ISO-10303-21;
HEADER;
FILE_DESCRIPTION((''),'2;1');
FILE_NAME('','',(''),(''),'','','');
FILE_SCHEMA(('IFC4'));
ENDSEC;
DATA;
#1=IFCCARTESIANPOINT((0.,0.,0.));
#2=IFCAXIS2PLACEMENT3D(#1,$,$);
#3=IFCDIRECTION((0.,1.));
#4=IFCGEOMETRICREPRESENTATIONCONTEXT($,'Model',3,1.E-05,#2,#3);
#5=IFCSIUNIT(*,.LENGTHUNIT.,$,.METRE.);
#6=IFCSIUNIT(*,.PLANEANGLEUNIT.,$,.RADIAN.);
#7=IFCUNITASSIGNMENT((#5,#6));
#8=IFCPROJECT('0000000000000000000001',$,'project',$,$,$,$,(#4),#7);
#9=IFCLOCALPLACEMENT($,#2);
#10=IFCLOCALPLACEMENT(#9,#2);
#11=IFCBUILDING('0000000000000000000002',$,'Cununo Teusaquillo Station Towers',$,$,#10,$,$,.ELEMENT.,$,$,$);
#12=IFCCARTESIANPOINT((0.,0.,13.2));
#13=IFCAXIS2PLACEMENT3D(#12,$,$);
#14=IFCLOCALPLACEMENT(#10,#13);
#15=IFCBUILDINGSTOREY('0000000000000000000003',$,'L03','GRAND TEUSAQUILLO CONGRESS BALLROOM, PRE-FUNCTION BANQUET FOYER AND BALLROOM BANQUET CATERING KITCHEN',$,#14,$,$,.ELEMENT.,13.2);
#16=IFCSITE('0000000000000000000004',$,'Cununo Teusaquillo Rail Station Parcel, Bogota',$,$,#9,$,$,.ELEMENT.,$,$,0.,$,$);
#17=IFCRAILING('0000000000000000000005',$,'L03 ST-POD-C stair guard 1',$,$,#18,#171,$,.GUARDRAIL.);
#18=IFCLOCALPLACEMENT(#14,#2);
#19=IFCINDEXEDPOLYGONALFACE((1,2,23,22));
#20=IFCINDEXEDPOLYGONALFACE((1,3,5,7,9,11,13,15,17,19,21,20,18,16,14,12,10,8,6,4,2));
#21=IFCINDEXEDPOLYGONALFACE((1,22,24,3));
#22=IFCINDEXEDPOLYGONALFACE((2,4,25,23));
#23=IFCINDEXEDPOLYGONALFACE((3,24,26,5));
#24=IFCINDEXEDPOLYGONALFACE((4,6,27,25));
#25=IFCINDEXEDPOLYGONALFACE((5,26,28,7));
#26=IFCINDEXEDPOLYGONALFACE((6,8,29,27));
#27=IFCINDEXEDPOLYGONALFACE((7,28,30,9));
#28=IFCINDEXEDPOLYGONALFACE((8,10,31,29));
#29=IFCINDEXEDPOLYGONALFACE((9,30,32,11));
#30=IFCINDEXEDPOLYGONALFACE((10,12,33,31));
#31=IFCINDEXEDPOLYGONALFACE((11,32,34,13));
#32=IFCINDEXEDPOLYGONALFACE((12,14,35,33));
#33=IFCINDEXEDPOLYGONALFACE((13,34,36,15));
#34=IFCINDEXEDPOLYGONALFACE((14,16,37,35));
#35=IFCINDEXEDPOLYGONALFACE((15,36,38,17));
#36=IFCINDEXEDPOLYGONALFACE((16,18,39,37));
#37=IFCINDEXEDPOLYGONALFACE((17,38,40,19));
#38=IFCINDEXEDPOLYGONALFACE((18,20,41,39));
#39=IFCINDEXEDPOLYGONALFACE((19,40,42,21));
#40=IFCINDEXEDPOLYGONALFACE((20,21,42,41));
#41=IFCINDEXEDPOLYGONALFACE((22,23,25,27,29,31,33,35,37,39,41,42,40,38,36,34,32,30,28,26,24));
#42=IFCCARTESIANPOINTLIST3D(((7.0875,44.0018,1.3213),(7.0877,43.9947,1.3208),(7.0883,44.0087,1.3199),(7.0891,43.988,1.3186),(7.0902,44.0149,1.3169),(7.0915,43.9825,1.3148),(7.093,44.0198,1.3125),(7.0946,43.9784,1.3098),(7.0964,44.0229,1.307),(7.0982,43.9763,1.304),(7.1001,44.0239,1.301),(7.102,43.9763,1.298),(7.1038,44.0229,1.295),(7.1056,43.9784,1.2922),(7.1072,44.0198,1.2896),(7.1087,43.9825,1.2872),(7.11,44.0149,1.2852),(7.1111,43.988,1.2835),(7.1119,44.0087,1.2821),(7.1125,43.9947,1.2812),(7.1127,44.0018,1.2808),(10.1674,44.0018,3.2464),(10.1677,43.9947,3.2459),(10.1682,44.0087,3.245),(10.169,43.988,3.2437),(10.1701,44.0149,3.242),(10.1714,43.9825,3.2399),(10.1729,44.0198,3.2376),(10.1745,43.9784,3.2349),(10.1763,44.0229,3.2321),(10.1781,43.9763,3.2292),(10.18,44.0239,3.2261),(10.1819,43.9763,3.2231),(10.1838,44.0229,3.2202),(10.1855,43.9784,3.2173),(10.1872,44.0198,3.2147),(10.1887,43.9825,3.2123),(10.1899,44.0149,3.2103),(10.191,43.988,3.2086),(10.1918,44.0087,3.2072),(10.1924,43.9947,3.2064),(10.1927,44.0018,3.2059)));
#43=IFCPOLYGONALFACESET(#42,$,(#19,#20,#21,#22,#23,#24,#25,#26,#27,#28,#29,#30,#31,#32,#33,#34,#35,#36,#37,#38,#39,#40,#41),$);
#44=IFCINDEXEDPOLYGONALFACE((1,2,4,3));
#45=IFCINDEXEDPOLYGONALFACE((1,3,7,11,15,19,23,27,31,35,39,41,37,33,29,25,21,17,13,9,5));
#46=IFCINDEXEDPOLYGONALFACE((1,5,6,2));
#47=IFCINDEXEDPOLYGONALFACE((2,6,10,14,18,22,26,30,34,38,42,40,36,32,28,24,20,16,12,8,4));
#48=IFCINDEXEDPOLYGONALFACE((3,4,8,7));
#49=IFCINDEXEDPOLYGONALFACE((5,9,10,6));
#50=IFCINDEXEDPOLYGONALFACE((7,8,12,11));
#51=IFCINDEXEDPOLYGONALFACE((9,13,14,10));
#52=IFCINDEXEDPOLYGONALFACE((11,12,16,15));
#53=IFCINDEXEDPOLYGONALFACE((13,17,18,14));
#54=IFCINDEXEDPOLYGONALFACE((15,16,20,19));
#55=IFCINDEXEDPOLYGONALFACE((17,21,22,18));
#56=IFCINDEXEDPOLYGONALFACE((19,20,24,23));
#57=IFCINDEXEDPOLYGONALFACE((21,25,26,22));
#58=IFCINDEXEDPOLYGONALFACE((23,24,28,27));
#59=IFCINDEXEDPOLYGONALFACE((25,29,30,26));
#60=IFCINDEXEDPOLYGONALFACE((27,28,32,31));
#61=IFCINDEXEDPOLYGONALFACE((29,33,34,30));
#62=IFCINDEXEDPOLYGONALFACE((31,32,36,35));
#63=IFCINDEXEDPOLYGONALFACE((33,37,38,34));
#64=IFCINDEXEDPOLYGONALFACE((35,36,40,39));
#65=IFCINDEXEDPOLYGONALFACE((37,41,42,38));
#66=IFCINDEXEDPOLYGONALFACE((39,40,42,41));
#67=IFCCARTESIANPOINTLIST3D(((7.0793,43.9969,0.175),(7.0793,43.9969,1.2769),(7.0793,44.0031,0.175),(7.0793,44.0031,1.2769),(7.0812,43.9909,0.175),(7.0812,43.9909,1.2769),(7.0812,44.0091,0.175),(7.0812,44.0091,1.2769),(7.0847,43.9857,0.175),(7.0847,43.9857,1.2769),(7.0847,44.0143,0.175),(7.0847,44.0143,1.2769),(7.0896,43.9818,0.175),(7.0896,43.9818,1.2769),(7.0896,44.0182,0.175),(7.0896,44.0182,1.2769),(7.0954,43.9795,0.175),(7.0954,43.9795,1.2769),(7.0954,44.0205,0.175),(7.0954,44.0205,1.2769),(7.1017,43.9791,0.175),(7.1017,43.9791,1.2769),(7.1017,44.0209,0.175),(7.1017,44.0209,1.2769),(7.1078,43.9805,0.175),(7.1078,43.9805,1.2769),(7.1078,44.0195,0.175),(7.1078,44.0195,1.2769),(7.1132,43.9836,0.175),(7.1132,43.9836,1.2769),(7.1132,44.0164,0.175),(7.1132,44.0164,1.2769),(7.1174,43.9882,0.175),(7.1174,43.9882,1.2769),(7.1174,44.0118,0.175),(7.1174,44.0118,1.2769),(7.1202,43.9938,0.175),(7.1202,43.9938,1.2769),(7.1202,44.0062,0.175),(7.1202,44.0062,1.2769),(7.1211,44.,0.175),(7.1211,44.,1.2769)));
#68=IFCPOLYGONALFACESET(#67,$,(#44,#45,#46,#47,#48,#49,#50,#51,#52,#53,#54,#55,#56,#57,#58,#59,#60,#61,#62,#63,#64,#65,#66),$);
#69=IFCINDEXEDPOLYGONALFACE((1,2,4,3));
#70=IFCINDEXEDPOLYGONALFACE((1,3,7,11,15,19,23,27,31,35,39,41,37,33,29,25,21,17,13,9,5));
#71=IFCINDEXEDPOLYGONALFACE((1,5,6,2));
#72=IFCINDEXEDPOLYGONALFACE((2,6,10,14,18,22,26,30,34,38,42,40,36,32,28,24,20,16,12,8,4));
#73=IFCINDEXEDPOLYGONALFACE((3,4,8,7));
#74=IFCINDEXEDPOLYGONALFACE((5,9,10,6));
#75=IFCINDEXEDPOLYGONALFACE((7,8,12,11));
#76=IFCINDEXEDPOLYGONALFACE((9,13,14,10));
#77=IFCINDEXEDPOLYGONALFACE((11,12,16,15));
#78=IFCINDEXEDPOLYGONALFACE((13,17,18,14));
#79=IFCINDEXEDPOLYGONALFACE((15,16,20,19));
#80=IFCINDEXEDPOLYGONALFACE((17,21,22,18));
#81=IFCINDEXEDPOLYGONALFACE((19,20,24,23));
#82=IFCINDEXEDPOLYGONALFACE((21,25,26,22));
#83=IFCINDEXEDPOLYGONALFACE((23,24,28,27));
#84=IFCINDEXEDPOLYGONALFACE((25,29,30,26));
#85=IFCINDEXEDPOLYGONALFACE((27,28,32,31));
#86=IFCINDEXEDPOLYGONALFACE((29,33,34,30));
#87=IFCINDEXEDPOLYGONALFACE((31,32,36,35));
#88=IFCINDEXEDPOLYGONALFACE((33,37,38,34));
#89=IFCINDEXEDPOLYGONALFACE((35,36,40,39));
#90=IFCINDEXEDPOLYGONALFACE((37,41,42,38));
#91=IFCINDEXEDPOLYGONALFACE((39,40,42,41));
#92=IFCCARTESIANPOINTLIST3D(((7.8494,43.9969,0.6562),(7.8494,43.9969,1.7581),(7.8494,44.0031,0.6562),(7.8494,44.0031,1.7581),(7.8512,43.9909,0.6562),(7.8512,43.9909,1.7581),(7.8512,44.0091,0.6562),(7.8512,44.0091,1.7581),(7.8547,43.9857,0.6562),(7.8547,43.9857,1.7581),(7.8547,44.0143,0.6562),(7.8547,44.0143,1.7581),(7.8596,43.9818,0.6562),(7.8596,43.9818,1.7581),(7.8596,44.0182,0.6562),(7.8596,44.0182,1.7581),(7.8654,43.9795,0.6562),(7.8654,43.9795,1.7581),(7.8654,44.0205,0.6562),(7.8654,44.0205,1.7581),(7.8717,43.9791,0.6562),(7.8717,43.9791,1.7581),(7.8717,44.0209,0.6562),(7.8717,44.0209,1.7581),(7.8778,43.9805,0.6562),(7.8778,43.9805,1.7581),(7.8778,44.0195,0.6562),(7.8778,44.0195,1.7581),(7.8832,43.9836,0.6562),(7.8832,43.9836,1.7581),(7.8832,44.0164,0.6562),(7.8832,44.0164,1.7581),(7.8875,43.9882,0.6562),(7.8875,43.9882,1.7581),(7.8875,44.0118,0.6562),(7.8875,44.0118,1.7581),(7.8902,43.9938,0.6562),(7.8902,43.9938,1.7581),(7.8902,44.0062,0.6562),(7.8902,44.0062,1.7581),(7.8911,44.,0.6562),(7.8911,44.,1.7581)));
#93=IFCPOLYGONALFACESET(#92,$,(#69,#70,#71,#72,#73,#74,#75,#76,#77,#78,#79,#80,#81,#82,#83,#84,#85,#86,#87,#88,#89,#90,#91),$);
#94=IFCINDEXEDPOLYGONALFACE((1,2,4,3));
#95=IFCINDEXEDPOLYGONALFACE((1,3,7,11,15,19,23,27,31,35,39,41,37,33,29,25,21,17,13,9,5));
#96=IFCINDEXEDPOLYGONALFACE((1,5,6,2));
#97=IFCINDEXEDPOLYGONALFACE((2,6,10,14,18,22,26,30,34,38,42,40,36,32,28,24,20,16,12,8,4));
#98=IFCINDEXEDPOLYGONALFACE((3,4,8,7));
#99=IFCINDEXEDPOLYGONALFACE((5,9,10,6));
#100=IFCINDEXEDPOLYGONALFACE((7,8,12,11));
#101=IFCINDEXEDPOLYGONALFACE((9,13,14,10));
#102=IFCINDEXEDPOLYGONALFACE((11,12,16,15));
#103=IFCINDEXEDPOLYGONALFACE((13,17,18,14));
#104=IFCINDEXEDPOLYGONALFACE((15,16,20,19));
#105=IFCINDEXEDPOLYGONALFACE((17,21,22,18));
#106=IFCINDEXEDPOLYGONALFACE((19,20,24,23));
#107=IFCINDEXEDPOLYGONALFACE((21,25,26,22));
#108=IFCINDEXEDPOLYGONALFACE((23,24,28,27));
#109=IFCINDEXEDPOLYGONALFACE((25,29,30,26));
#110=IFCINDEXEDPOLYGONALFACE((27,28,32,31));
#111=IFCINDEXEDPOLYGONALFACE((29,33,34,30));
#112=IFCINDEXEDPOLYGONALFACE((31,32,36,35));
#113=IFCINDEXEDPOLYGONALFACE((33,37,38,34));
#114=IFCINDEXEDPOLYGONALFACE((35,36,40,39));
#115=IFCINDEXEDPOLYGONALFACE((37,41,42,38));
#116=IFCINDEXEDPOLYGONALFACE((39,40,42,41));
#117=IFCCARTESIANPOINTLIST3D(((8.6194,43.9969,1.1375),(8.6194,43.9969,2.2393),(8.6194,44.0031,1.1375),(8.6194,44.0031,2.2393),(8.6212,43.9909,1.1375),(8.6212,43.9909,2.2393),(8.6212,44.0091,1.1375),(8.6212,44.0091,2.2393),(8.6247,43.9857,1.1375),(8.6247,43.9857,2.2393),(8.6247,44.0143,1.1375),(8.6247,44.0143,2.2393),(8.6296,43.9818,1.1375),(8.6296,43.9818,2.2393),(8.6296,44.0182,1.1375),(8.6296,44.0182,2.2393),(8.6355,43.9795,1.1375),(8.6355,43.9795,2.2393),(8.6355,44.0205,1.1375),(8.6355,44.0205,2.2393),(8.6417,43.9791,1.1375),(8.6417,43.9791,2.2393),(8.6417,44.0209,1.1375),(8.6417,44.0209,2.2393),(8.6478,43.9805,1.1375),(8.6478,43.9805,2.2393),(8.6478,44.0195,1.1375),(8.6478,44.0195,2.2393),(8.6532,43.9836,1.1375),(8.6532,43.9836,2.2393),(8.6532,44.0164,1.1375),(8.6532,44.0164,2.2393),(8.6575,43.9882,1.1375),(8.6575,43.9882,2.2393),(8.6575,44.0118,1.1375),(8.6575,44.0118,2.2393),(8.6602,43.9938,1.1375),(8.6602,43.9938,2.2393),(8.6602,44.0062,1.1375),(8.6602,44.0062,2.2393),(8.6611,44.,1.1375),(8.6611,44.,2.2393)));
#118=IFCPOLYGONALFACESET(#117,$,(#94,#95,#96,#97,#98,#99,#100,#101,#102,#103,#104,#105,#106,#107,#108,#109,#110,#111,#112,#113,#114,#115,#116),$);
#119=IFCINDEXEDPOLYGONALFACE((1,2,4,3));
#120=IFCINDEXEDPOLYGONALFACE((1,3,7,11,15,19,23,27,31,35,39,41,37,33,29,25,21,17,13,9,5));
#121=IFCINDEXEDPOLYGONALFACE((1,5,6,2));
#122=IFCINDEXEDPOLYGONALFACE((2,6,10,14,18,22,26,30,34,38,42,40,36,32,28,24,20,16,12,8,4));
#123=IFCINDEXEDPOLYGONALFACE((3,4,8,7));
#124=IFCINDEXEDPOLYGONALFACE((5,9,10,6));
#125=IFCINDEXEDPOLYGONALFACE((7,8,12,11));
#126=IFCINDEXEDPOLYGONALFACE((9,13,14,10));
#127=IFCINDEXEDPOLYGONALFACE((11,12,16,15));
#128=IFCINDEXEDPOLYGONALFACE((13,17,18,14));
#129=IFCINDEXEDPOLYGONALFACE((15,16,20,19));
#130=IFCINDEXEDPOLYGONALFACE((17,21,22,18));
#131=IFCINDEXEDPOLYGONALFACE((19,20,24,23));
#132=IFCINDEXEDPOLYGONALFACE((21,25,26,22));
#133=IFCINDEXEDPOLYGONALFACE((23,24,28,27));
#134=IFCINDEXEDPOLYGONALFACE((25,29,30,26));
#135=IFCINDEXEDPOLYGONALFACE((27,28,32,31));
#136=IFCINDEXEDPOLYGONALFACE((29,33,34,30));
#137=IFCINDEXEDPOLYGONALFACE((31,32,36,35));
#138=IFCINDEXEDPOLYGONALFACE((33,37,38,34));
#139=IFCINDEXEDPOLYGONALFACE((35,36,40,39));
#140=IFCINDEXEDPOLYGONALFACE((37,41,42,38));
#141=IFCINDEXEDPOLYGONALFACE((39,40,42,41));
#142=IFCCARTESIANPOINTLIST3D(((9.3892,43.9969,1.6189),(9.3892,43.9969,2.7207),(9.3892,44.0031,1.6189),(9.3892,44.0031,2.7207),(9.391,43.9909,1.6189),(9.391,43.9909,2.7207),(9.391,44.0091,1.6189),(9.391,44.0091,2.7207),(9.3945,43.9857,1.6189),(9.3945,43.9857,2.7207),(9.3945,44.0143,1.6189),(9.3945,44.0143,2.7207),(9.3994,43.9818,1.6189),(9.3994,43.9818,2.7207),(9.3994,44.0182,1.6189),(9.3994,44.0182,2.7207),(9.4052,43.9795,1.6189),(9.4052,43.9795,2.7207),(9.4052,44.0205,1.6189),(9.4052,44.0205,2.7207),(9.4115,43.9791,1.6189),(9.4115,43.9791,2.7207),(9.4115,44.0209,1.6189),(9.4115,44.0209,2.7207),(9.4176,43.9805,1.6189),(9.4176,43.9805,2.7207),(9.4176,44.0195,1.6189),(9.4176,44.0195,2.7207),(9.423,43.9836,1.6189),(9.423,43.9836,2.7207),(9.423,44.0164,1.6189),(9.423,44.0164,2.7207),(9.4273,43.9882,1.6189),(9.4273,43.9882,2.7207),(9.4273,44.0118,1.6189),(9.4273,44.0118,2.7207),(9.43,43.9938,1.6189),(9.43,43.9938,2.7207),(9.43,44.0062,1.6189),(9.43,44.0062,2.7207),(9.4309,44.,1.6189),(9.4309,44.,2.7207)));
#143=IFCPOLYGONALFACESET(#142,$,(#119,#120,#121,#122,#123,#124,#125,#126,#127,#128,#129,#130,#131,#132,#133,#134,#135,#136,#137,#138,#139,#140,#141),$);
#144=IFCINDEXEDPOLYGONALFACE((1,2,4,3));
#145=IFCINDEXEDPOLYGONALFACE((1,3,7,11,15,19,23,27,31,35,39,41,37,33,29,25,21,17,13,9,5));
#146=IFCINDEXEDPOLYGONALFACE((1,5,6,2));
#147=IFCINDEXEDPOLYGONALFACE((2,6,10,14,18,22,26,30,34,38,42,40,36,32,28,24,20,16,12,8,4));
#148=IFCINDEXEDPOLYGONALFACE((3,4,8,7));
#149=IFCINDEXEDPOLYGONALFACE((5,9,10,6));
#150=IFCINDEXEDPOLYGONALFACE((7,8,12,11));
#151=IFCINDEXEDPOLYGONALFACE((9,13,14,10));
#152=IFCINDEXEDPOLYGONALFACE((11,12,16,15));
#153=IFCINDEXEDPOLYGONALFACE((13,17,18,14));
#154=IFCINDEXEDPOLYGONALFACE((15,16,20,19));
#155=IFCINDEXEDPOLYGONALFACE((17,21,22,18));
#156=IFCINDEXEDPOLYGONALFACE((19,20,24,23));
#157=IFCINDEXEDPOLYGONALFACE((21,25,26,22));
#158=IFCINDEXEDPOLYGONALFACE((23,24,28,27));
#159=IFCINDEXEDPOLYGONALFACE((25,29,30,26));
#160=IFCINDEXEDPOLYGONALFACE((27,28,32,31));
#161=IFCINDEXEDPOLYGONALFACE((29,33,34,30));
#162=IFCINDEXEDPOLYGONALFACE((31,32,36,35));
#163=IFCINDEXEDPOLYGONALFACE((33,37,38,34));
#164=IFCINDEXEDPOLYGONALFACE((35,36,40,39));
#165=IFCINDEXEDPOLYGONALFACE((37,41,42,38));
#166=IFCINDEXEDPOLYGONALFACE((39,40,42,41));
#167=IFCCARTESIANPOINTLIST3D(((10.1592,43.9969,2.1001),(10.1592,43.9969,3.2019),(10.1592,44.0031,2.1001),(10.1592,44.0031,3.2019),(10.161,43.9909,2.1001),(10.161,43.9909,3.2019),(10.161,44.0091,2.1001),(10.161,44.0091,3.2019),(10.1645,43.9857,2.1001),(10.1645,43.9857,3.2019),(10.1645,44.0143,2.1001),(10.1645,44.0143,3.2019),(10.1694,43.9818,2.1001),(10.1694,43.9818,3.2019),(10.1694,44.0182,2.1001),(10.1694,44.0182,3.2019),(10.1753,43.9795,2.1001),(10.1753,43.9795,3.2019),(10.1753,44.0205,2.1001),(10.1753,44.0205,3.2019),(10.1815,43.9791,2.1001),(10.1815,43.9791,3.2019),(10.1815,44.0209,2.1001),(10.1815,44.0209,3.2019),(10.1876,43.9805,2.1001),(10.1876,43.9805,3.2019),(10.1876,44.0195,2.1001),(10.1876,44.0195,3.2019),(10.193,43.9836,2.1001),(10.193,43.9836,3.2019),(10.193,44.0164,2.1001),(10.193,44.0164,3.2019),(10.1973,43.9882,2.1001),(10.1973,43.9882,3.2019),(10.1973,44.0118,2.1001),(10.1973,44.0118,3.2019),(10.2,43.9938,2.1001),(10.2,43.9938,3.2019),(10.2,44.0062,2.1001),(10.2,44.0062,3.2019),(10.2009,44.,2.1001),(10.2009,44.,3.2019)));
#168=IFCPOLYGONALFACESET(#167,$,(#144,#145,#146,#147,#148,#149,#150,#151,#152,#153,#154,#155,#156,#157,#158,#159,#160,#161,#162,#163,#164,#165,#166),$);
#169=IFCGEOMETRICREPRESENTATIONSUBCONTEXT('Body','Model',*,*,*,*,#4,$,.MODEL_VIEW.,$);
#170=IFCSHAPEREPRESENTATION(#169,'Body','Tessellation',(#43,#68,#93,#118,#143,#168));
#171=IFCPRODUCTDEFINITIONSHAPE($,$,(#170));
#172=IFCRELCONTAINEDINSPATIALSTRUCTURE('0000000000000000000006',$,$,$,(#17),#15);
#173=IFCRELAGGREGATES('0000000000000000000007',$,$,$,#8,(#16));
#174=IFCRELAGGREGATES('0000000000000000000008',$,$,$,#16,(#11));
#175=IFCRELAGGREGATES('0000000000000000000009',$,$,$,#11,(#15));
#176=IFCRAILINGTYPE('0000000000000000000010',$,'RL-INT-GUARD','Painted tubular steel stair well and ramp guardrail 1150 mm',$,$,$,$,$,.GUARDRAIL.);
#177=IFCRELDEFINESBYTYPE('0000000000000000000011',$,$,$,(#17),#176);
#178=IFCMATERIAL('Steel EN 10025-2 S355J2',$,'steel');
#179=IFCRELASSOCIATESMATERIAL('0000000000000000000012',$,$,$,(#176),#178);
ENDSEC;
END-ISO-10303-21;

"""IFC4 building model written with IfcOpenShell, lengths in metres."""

from ifc_helpers import new_model, si_unit, direction, frame, origin, origin_2d, place, context, subcontext, project, spatial, circle, extrude, material, type_object, element, save


model = new_model("IFC4")

# Units and contexts
model_context = context("Model", 3, precision=1e-05, world=origin(), true_north=direction((0.0, 1.0)))
body_context = subcontext(model_context, "Body", "Model", "MODEL_VIEW")
ifc_project = project(units=[si_unit("LENGTHUNIT", "METRE"), si_unit("PLANEANGLEUNIT", "RADIAN")], contexts=[model_context])

# Site, building, storey
site_placement = place(None, origin())
site = spatial("IfcSite", under=ifc_project, at=site_placement, Name="Cununo Teusaquillo Rail Station Parcel, Bogota", CompositionType="ELEMENT", RefElevation=0.0)
building_placement = place(site_placement, origin())
building = spatial("IfcBuilding", under=site, at=building_placement, Name="Cununo Teusaquillo Station Towers", CompositionType="ELEMENT")
storey_placement = place(building_placement, frame((0.0, 0.0, 13.2)))
storey = spatial("IfcBuildingStorey", under=building, at=storey_placement, Name="L03", Description="GRAND TEUSAQUILLO CONGRESS BALLROOM, PRE-FUNCTION BANQUET FOYER AND BALLROOM BANQUET CATERING KITCHEN", CompositionType="ELEMENT", Elevation=13.2)

# Railing
ifc_material_1 = material(Name="Steel EN 10025-2 S355J2", Category="steel")
railing_type = type_object("IfcRailingType", Name="RL-INT-GUARD", Description="Painted tubular steel stair well and ramp guardrail 1150 mm", PredefinedType="GUARDRAIL", material=ifc_material_1)
railing_1_placement = place(storey_placement, frame((7.1001, 44.0, 0.175)))
element("IfcRailing", 1, at=railing_1_placement, inside=storey, type_object=railing_type, Name="L03 ST-POD-C stair guard 1", PredefinedType="GUARDRAIL", context=body_context, shape_type="SweptSolid", body=[
    extrude(circle(Radius=0.0239, at=origin_2d()), frame((0.0, 0.0, 1.126), z_axis=(0.847979, 0.0, 0.530029), x_axis=(0.0, 1.0, 0.0)), (0.0, 0.0, 1.0), 3.6321),
    extrude(circle(Radius=0.021, at=origin_2d()), origin(), (0.0, 0.0, 1.0), 1.1018),
    extrude(circle(Radius=0.021, at=origin_2d()), frame((0.77, 0.0, 0.4812)), (0.0, 0.0, 1.0), 1.1018),
    extrude(circle(Radius=0.021, at=origin_2d()), frame((1.54, 0.0, 0.9624)), (0.0, 0.0, 1.0), 1.1018),
    extrude(circle(Radius=0.021, at=origin_2d()), frame((2.3098, 0.0, 1.4438)), (0.0, 0.0, 1.0), 1.1018),
    extrude(circle(Radius=0.021, at=origin_2d()), frame((3.0798, 0.0, 1.925)), (0.0, 0.0, 1.0), 1.1018),
])

save(model, "model.ifc")
